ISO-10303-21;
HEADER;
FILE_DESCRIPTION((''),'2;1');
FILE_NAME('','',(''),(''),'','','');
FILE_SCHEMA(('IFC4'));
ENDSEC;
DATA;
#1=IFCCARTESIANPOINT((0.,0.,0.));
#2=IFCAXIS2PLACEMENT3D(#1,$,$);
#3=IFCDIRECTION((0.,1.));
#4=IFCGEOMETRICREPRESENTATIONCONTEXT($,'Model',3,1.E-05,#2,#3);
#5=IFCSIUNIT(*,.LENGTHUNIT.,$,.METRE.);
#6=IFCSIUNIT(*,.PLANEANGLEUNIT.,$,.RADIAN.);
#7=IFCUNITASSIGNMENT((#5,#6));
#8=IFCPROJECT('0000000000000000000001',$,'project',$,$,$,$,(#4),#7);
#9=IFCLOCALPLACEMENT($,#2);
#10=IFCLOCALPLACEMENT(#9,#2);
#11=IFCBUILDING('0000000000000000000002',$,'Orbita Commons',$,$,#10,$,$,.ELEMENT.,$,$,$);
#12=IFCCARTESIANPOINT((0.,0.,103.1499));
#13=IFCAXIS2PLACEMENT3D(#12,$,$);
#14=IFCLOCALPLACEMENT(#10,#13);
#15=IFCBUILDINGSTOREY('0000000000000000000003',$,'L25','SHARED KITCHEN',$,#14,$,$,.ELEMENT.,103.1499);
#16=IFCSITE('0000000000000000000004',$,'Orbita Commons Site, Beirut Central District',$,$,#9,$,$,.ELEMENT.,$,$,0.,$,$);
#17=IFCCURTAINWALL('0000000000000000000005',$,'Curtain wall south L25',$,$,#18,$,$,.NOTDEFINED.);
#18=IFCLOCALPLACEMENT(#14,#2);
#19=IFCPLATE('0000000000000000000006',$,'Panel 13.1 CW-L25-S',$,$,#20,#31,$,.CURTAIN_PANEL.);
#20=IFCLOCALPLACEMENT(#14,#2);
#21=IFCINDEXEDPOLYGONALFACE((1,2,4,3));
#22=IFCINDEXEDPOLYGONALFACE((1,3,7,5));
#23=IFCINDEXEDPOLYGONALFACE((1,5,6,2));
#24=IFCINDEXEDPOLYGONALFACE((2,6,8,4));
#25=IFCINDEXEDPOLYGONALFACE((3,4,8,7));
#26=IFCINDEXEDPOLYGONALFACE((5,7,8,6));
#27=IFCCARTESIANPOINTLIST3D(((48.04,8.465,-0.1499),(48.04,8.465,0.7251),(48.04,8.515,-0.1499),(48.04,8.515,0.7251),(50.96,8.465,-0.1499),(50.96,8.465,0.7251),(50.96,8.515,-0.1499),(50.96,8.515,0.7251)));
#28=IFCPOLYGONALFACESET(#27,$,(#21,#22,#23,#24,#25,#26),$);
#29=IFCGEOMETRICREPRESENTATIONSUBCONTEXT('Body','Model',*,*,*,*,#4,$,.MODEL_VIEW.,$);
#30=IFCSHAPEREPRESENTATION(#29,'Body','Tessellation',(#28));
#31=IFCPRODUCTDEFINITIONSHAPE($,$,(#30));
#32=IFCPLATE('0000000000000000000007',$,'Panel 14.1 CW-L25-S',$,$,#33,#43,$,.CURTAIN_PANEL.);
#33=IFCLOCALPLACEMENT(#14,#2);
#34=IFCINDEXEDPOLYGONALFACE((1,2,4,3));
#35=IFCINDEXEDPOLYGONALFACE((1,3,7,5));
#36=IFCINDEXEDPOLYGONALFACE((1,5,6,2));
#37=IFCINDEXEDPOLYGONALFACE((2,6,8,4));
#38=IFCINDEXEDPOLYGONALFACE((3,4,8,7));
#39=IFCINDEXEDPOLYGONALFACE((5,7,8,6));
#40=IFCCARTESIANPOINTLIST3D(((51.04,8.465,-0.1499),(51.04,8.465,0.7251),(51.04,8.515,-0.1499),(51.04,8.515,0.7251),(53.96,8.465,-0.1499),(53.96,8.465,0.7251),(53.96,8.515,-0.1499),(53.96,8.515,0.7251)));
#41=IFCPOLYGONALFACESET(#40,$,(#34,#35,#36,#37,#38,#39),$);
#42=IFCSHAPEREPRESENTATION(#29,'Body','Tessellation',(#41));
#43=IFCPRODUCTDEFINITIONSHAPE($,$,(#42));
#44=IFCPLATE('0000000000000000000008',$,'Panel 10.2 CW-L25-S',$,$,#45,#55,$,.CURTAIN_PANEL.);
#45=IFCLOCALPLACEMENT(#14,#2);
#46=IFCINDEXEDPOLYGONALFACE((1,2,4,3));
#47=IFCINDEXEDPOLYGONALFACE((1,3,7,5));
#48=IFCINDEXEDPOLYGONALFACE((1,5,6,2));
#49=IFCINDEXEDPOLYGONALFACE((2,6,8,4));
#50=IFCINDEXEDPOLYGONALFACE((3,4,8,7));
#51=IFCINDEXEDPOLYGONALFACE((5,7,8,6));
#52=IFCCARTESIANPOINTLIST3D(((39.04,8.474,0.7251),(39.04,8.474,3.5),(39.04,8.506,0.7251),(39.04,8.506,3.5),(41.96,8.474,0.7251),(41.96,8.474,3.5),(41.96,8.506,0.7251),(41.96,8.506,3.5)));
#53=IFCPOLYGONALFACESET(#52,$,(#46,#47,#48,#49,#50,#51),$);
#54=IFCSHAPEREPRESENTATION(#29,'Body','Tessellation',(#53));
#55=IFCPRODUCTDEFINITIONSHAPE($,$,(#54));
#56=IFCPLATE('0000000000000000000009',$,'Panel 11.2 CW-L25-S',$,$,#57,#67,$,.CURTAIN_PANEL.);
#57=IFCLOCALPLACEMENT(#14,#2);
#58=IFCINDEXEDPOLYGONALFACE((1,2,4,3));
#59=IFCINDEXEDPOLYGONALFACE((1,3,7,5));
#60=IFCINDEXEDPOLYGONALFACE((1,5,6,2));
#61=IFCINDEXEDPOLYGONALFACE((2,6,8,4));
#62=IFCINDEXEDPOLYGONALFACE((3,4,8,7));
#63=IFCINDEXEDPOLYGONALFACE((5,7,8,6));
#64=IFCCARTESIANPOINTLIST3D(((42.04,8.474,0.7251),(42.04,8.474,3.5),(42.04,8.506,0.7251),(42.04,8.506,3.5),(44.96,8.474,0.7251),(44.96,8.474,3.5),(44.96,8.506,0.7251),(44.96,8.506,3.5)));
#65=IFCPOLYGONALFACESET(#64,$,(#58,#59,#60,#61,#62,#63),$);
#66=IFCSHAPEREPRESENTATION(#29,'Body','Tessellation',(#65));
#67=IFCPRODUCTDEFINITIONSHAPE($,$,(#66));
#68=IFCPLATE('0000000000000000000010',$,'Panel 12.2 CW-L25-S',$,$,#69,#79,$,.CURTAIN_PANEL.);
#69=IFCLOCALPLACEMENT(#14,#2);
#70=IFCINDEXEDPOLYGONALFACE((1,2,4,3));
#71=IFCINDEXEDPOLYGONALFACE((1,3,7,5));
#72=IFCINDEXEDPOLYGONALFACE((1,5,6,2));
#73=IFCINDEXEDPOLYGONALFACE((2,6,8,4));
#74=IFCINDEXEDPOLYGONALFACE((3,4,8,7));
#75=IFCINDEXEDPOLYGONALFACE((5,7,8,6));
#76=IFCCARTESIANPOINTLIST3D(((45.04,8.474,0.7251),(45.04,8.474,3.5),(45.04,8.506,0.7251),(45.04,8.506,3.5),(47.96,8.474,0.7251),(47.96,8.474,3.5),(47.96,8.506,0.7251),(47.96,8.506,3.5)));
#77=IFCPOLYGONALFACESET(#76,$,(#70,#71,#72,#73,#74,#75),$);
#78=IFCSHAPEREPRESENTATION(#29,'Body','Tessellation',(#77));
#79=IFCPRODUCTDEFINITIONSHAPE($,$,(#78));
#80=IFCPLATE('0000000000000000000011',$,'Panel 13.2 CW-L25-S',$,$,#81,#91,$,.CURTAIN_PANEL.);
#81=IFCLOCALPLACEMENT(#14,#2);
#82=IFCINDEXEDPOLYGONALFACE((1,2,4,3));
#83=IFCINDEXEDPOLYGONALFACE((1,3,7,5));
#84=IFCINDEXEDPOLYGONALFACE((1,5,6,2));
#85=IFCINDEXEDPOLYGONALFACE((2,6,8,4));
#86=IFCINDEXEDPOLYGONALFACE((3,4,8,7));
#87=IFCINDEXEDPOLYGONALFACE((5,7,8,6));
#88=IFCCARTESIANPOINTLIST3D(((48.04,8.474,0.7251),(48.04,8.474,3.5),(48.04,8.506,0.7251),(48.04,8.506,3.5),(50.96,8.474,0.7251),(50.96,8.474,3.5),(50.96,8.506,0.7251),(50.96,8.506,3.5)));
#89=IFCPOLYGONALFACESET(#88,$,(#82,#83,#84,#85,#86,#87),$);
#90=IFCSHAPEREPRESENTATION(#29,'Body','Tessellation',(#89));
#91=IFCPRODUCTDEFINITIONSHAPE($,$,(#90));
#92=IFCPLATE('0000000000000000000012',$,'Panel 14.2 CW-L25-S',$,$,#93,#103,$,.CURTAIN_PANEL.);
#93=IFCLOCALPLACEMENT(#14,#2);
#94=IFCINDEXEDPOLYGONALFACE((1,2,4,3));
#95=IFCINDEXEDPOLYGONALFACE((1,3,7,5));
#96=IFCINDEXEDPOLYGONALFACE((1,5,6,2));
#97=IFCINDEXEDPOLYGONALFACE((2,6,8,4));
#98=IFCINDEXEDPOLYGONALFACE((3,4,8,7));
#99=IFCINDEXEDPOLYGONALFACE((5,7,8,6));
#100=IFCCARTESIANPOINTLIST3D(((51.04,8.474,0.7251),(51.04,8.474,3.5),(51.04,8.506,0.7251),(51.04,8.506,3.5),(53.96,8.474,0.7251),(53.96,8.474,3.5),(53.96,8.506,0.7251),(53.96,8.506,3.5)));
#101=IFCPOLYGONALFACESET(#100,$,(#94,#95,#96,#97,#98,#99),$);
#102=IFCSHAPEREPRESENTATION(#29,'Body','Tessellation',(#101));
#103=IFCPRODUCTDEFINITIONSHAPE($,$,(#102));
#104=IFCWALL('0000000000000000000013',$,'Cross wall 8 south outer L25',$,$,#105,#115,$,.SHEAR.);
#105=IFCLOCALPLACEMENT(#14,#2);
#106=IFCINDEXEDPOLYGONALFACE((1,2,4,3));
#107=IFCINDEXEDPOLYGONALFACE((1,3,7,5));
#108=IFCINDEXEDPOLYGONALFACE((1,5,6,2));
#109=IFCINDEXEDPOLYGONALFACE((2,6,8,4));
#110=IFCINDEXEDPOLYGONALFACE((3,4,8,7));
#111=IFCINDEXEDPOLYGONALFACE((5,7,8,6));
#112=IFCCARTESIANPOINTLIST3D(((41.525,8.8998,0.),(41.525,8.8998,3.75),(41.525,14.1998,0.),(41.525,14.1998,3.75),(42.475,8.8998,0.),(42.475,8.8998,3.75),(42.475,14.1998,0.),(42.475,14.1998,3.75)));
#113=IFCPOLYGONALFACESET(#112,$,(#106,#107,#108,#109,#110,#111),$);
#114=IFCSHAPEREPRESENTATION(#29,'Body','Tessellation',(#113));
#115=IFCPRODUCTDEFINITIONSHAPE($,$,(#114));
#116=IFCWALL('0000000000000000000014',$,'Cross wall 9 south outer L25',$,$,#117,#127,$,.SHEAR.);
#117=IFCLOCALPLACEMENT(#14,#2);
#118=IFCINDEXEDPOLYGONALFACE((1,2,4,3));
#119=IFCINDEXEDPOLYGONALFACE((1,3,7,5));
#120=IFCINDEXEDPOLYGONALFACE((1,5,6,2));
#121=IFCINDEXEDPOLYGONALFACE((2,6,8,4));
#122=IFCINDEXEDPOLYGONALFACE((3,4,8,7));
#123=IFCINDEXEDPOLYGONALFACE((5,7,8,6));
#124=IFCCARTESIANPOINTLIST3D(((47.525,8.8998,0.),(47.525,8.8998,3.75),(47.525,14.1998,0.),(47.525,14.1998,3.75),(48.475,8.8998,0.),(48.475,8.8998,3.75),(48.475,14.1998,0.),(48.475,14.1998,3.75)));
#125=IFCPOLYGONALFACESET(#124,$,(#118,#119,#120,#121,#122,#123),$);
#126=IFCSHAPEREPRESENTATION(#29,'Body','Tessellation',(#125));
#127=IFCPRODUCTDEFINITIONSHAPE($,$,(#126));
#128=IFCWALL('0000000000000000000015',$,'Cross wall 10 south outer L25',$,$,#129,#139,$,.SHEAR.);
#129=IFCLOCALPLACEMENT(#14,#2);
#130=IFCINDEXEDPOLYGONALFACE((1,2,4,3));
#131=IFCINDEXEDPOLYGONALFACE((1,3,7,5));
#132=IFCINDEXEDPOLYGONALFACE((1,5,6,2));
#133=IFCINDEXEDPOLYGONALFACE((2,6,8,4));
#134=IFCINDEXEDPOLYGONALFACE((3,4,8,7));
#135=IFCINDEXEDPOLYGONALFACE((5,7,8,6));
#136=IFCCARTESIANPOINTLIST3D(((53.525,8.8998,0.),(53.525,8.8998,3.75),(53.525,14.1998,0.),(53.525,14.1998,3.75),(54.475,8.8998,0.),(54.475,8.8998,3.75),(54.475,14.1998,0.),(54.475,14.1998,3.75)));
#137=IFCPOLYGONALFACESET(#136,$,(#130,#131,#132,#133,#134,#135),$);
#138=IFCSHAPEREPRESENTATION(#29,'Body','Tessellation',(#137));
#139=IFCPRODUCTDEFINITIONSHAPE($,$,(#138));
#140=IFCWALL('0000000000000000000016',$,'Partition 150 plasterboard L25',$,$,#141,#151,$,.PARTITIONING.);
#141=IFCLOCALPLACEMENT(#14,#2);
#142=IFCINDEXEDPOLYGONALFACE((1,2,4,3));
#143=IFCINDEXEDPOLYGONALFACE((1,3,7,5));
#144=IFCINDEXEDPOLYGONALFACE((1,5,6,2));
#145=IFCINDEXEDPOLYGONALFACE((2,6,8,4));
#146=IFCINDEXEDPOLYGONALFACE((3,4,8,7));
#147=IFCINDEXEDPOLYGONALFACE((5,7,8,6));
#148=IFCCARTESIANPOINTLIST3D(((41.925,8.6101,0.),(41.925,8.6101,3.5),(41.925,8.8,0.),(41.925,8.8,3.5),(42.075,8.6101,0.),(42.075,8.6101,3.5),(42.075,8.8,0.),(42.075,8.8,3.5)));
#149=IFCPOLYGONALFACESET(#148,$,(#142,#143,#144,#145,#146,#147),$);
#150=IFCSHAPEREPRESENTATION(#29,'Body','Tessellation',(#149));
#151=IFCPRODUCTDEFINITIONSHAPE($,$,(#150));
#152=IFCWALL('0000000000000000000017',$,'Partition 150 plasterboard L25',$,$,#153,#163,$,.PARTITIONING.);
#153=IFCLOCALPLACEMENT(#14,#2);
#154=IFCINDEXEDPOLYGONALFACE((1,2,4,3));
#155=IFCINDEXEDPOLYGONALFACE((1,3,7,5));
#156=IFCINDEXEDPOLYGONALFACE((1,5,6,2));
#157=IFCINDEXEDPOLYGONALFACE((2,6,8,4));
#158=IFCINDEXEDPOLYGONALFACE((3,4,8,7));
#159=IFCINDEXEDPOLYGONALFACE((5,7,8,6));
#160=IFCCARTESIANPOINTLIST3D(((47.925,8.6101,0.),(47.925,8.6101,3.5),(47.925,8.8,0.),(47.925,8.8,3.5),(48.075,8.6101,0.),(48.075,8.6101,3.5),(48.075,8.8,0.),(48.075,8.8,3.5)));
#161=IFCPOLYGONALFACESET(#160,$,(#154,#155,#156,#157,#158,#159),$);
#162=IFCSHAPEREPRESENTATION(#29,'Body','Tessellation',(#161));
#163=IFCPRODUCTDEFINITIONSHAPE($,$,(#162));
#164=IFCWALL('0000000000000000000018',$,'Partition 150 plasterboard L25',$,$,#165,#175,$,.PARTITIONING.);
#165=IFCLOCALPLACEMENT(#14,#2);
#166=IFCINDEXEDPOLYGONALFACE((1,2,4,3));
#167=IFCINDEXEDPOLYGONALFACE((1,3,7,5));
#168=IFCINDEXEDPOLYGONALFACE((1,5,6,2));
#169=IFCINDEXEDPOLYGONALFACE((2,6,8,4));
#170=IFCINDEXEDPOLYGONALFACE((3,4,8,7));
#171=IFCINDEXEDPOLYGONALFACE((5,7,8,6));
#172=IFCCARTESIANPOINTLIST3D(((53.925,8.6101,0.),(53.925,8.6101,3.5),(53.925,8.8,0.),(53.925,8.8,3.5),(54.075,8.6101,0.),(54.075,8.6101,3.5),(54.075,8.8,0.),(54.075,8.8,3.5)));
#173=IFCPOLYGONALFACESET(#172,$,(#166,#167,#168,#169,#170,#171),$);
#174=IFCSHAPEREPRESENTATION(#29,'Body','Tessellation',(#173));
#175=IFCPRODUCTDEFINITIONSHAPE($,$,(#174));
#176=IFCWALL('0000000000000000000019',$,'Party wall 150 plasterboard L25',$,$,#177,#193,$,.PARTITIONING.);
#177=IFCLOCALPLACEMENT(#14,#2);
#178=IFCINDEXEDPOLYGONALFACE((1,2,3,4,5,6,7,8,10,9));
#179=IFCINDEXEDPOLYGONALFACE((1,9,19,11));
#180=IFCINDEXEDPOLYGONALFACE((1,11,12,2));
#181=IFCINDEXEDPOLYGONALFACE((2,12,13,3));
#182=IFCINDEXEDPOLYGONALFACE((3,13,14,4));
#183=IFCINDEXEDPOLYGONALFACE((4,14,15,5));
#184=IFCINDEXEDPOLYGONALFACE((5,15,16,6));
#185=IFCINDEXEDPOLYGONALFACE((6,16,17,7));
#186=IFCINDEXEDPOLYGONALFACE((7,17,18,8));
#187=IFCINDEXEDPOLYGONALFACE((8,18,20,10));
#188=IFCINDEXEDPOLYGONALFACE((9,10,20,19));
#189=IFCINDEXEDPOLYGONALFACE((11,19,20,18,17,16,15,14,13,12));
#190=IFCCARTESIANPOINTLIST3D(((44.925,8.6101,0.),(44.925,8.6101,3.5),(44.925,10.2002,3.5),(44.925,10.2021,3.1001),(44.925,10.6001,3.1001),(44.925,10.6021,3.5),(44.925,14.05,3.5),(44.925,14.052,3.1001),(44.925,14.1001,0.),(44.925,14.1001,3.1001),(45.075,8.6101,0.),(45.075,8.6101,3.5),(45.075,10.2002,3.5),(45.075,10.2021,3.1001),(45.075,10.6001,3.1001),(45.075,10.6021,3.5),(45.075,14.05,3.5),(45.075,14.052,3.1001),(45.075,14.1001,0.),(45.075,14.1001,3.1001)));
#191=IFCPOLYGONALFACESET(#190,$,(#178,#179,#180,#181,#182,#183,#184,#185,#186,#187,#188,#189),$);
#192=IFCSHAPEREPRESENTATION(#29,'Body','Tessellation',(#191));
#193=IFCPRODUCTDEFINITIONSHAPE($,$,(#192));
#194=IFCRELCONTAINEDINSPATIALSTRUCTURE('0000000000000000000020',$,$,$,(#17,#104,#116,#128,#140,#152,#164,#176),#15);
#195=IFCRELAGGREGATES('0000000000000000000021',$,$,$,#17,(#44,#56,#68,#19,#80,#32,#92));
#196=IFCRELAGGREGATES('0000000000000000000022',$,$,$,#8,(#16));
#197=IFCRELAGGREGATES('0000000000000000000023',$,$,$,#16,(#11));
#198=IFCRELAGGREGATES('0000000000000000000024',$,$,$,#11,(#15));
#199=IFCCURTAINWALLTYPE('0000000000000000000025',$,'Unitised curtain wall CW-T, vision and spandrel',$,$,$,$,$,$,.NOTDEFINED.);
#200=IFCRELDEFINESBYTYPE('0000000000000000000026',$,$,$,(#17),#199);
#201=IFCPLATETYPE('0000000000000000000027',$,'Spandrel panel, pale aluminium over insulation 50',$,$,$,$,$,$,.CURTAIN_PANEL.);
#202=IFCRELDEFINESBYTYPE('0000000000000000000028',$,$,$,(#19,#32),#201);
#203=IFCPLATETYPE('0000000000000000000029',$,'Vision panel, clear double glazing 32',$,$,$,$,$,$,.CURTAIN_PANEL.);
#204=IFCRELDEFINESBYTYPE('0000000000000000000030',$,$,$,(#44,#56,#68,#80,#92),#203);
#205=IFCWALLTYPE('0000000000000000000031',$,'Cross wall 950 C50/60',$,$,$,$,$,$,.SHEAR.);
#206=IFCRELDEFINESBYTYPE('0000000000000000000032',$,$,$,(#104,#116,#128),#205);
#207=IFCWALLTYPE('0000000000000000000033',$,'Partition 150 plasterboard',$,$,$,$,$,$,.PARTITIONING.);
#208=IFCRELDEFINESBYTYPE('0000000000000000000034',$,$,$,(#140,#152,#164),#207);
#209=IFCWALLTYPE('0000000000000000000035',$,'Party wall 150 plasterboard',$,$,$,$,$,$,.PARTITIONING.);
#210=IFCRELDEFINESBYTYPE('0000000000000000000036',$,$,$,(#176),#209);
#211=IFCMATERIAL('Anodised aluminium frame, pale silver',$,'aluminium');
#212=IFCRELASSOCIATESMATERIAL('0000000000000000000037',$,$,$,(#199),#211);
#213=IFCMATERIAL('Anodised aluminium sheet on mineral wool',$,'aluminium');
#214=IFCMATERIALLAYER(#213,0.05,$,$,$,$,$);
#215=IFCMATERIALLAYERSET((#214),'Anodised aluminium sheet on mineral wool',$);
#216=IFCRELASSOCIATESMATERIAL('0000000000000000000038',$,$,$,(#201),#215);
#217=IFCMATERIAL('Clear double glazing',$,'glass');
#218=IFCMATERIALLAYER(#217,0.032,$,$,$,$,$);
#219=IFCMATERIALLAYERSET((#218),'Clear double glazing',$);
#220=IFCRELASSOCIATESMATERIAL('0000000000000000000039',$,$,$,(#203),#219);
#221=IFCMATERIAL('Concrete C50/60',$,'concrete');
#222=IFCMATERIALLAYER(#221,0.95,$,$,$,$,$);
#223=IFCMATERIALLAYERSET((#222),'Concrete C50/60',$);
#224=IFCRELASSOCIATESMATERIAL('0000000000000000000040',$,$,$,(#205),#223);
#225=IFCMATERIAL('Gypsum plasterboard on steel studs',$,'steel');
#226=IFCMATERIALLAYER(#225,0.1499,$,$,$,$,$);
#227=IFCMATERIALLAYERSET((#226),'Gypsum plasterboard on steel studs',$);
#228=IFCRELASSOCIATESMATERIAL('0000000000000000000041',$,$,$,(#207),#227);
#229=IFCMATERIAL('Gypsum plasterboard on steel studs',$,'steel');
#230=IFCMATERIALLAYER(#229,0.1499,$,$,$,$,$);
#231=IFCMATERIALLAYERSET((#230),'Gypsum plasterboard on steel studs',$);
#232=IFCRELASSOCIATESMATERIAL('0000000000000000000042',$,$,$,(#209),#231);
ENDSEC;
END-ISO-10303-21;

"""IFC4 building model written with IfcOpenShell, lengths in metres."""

from ifc_helpers import new_model, si_unit, direction, frame, frame_2d, origin, origin_2d, place, context, subcontext, project, spatial, polyline, rectangle, outline, extrude, material, layer, layer_set, type_object, element, aggregate, save


model = new_model("IFC4")

# Units and contexts
model_context = context("Model", 3, precision=1e-05, world=origin(), true_north=direction((0.0, 1.0)))
body_context = subcontext(model_context, "Body", "Model", "MODEL_VIEW")
ifc_project = project(units=[si_unit("LENGTHUNIT", "METRE"), si_unit("PLANEANGLEUNIT", "RADIAN")], contexts=[model_context])

# Site, building, storey
site_placement = place(None, origin())
site = spatial("IfcSite", under=ifc_project, at=site_placement, Name="Orbita Commons Site, Beirut Central District", CompositionType="ELEMENT", RefElevation=0.0)
building_placement = place(site_placement, origin())
building = spatial("IfcBuilding", under=site, at=building_placement, Name="Orbita Commons", CompositionType="ELEMENT")
storey_placement = place(building_placement, frame((0.0, 0.0, 103.1499)))
storey = spatial("IfcBuildingStorey", under=building, at=storey_placement, Name="L25", Description="SHARED KITCHEN", CompositionType="ELEMENT", Elevation=103.1499)

# Curtain wall, plates
ifc_material_1 = material(Name="Anodised aluminium frame, pale silver", Category="aluminium")
curtain_wall_type = type_object("IfcCurtainWallType", Name="Unitised curtain wall CW-T, vision and spandrel", PredefinedType="NOTDEFINED", material=ifc_material_1)
curtain_wall_placement = place(storey_placement, origin())
curtain_wall = element("IfcCurtainWall", 1, at=curtain_wall_placement, inside=storey, type_object=curtain_wall_type, Name="Curtain wall south L25", PredefinedType="NOTDEFINED")
ifc_material_2 = material(Name="Anodised aluminium sheet on mineral wool", Category="aluminium")
ifc_layer_1 = layer(ifc_material_2, 0.05)
ifc_layer_set_1 = layer_set([ifc_layer_1], Name="Anodised aluminium sheet on mineral wool")
plate_type_1 = type_object("IfcPlateType", Name="Spandrel panel, pale aluminium over insulation 50", PredefinedType="CURTAIN_PANEL", material=ifc_layer_set_1)
plate_1_placement = place(storey_placement, frame((49.5, 8.49, -0.1499), z_axis=(0.0, 0.0, 1.0), x_axis=(1.0, 0.0, 0.0)))
plate_1 = element("IfcPlate", 2, at=plate_1_placement, type_object=plate_type_1, Name="Panel 13.1 CW-L25-S", PredefinedType="CURTAIN_PANEL", context=body_context, shape_type="SweptSolid", body=[
    extrude(rectangle(XDim=2.9199, YDim=0.05, at=origin_2d()), origin(), (0.0, 0.0, 1.0), 0.875),
])
plate_2_placement = place(storey_placement, frame((52.5, 8.49, -0.1499), z_axis=(0.0, 0.0, 1.0), x_axis=(1.0, 0.0, 0.0)))
plate_2 = element("IfcPlate", 3, at=plate_2_placement, type_object=plate_type_1, Name="Panel 14.1 CW-L25-S", PredefinedType="CURTAIN_PANEL", context=body_context, shape_type="SweptSolid", body=[
    extrude(rectangle(XDim=2.9199, YDim=0.05, at=origin_2d()), origin(), (0.0, 0.0, 1.0), 0.875),
])
ifc_material_3 = material(Name="Clear double glazing", Category="glass")
ifc_layer_2 = layer(ifc_material_3, 0.032)
ifc_layer_set_2 = layer_set([ifc_layer_2], Name="Clear double glazing")
plate_type_2 = type_object("IfcPlateType", Name="Vision panel, clear double glazing 32", PredefinedType="CURTAIN_PANEL", material=ifc_layer_set_2)
plate_3_placement = place(storey_placement, frame((40.5, 8.49, 0.7251), z_axis=(0.0, 0.0, 1.0), x_axis=(1.0, 0.0, 0.0)))
plate_3 = element("IfcPlate", 4, at=plate_3_placement, type_object=plate_type_2, Name="Panel 10.2 CW-L25-S", PredefinedType="CURTAIN_PANEL", context=body_context, shape_type="SweptSolid", body=[
    extrude(rectangle(XDim=2.9199, YDim=0.032, at=origin_2d()), origin(), (0.0, 0.0, 1.0), 2.7749),
])
plate_4_placement = place(storey_placement, frame((43.5, 8.49, 0.7251), z_axis=(0.0, 0.0, 1.0), x_axis=(1.0, 0.0, 0.0)))
plate_4 = element("IfcPlate", 5, at=plate_4_placement, type_object=plate_type_2, Name="Panel 11.2 CW-L25-S", PredefinedType="CURTAIN_PANEL", context=body_context, shape_type="SweptSolid", body=[
    extrude(rectangle(XDim=2.9199, YDim=0.032, at=origin_2d()), origin(), (0.0, 0.0, 1.0), 2.7749),
])
plate_5_placement = place(storey_placement, frame((46.5, 8.49, 0.7251), z_axis=(0.0, 0.0, 1.0), x_axis=(1.0, 0.0, 0.0)))
plate_5 = element("IfcPlate", 6, at=plate_5_placement, type_object=plate_type_2, Name="Panel 12.2 CW-L25-S", PredefinedType="CURTAIN_PANEL", context=body_context, shape_type="SweptSolid", body=[
    extrude(rectangle(XDim=2.9199, YDim=0.032, at=origin_2d()), origin(), (0.0, 0.0, 1.0), 2.7749),
])
plate_6_placement = place(storey_placement, frame((49.5, 8.49, 0.7251), z_axis=(0.0, 0.0, 1.0), x_axis=(1.0, 0.0, 0.0)))
plate_6 = element("IfcPlate", 7, at=plate_6_placement, type_object=plate_type_2, Name="Panel 13.2 CW-L25-S", PredefinedType="CURTAIN_PANEL", context=body_context, shape_type="SweptSolid", body=[
    extrude(rectangle(XDim=2.9199, YDim=0.032, at=origin_2d()), origin(), (0.0, 0.0, 1.0), 2.7749),
])
plate_7_placement = place(storey_placement, frame((52.5, 8.49, 0.7251), z_axis=(0.0, 0.0, 1.0), x_axis=(1.0, 0.0, 0.0)))
plate_7 = element("IfcPlate", 8, at=plate_7_placement, type_object=plate_type_2, Name="Panel 14.2 CW-L25-S", PredefinedType="CURTAIN_PANEL", context=body_context, shape_type="SweptSolid", body=[
    extrude(rectangle(XDim=2.9199, YDim=0.032, at=origin_2d()), origin(), (0.0, 0.0, 1.0), 2.7749),
])
aggregate(curtain_wall, [plate_3, plate_4, plate_5, plate_1, plate_6, plate_2, plate_7])

# Walls
ifc_material_4 = material(Name="Concrete C50/60", Category="concrete")
ifc_layer_3 = layer(ifc_material_4, 0.95)
ifc_layer_set_3 = layer_set([ifc_layer_3], Name="Concrete C50/60")
wall_type_1 = type_object("IfcWallType", Name="Cross wall 950 C50/60", PredefinedType="SHEAR", material=ifc_layer_set_3)
for number, where, z_axis, x_axis, name in (
    (9, (42.0, 8.8999, 0.0), (0.0, 0.0, 1.0), (0.0, 1.0, 0.0), "Cross wall 8 south outer L25"),
    (10, (48.0, 8.8999, 0.0), (0.0, 0.0, 1.0), (0.0, 1.0, 0.0), "Cross wall 9 south outer L25"),
    (11, (54.0, 8.8999, 0.0), (0.0, 0.0, 1.0), (0.0, 1.0, 0.0), "Cross wall 10 south outer L25"),
):
    element("IfcWall", number, at=place(storey_placement, frame(where, z_axis=z_axis, x_axis=x_axis)), inside=storey, type_object=wall_type_1, Name=name, PredefinedType="SHEAR", context=body_context, shape_type="SweptSolid", body=[
        extrude(rectangle(XDim=5.3, YDim=0.95, at=frame_2d((2.6499, 0.0))), origin(), (0.0, 0.0, 1.0), 3.75),
    ])
ifc_material_5 = material(Name="Gypsum plasterboard on steel studs", Category="steel")
ifc_layer_4 = layer(ifc_material_5, 0.1499)
ifc_layer_set_4 = layer_set([ifc_layer_4], Name="Gypsum plasterboard on steel studs")
wall_type_2 = type_object("IfcWallType", Name="Partition 150 plasterboard", PredefinedType="PARTITIONING", material=ifc_layer_set_4)
for number, where, z_axis, x_axis, name in (
    (12, (42.0, 8.8, 0.0), (0.0, 0.0, 1.0), (0.0, -1.0, 0.0), "Partition 150 plasterboard L25"),
    (13, (48.0, 8.8, 0.0), (0.0, 0.0, 1.0), (0.0, -1.0, 0.0), "Partition 150 plasterboard L25"),
    (14, (54.0, 8.8, 0.0), (0.0, 0.0, 1.0), (0.0, -1.0, 0.0), "Partition 150 plasterboard L25"),
):
    element("IfcWall", number, at=place(storey_placement, frame(where, z_axis=z_axis, x_axis=x_axis)), inside=storey, type_object=wall_type_2, Name=name, PredefinedType="PARTITIONING", context=body_context, shape_type="SweptSolid", body=[
        extrude(rectangle(XDim=0.1899, YDim=0.1499, at=frame_2d((0.095, 0.0))), origin(), (0.0, 0.0, 1.0), 3.5),
    ])
ifc_material_6 = material(Name="Gypsum plasterboard on steel studs", Category="steel")
ifc_layer_5 = layer(ifc_material_6, 0.1499)
ifc_layer_set_5 = layer_set([ifc_layer_5], Name="Gypsum plasterboard on steel studs")
wall_type_3 = type_object("IfcWallType", Name="Party wall 150 plasterboard", PredefinedType="PARTITIONING", material=ifc_layer_set_5)
for number, where, z_axis, x_axis, name in (
    (15, (45.0, 8.6101, 0.0), (0.0, 0.0, 1.0), (0.0, 1.0, 0.0), "Party wall 150 plasterboard L25"),
):
    element("IfcWall", number, at=place(storey_placement, frame(where, z_axis=z_axis, x_axis=x_axis)), inside=storey, type_object=wall_type_3, Name=name, PredefinedType="PARTITIONING", context=body_context, shape_type="SweptSolid", body=[
        extrude(outline(polyline([(0.0, 0.0), (5.49, 0.0), (5.49, 3.1001), (5.4419, 3.1001), (5.4399, 3.5), (1.9919, 3.5), (1.99, 3.1001), (1.592, 3.1001), (1.5901, 3.5), (0.0, 3.5), (0.0, 0.0)])), frame((0.0, 0.075, 0.0), z_axis=(0.0, -1.0, 0.0), x_axis=(1.0, 0.0, 0.0)), (0.0, 0.0, 1.0), 0.1499),
    ])

save(model, "model.ifc")
